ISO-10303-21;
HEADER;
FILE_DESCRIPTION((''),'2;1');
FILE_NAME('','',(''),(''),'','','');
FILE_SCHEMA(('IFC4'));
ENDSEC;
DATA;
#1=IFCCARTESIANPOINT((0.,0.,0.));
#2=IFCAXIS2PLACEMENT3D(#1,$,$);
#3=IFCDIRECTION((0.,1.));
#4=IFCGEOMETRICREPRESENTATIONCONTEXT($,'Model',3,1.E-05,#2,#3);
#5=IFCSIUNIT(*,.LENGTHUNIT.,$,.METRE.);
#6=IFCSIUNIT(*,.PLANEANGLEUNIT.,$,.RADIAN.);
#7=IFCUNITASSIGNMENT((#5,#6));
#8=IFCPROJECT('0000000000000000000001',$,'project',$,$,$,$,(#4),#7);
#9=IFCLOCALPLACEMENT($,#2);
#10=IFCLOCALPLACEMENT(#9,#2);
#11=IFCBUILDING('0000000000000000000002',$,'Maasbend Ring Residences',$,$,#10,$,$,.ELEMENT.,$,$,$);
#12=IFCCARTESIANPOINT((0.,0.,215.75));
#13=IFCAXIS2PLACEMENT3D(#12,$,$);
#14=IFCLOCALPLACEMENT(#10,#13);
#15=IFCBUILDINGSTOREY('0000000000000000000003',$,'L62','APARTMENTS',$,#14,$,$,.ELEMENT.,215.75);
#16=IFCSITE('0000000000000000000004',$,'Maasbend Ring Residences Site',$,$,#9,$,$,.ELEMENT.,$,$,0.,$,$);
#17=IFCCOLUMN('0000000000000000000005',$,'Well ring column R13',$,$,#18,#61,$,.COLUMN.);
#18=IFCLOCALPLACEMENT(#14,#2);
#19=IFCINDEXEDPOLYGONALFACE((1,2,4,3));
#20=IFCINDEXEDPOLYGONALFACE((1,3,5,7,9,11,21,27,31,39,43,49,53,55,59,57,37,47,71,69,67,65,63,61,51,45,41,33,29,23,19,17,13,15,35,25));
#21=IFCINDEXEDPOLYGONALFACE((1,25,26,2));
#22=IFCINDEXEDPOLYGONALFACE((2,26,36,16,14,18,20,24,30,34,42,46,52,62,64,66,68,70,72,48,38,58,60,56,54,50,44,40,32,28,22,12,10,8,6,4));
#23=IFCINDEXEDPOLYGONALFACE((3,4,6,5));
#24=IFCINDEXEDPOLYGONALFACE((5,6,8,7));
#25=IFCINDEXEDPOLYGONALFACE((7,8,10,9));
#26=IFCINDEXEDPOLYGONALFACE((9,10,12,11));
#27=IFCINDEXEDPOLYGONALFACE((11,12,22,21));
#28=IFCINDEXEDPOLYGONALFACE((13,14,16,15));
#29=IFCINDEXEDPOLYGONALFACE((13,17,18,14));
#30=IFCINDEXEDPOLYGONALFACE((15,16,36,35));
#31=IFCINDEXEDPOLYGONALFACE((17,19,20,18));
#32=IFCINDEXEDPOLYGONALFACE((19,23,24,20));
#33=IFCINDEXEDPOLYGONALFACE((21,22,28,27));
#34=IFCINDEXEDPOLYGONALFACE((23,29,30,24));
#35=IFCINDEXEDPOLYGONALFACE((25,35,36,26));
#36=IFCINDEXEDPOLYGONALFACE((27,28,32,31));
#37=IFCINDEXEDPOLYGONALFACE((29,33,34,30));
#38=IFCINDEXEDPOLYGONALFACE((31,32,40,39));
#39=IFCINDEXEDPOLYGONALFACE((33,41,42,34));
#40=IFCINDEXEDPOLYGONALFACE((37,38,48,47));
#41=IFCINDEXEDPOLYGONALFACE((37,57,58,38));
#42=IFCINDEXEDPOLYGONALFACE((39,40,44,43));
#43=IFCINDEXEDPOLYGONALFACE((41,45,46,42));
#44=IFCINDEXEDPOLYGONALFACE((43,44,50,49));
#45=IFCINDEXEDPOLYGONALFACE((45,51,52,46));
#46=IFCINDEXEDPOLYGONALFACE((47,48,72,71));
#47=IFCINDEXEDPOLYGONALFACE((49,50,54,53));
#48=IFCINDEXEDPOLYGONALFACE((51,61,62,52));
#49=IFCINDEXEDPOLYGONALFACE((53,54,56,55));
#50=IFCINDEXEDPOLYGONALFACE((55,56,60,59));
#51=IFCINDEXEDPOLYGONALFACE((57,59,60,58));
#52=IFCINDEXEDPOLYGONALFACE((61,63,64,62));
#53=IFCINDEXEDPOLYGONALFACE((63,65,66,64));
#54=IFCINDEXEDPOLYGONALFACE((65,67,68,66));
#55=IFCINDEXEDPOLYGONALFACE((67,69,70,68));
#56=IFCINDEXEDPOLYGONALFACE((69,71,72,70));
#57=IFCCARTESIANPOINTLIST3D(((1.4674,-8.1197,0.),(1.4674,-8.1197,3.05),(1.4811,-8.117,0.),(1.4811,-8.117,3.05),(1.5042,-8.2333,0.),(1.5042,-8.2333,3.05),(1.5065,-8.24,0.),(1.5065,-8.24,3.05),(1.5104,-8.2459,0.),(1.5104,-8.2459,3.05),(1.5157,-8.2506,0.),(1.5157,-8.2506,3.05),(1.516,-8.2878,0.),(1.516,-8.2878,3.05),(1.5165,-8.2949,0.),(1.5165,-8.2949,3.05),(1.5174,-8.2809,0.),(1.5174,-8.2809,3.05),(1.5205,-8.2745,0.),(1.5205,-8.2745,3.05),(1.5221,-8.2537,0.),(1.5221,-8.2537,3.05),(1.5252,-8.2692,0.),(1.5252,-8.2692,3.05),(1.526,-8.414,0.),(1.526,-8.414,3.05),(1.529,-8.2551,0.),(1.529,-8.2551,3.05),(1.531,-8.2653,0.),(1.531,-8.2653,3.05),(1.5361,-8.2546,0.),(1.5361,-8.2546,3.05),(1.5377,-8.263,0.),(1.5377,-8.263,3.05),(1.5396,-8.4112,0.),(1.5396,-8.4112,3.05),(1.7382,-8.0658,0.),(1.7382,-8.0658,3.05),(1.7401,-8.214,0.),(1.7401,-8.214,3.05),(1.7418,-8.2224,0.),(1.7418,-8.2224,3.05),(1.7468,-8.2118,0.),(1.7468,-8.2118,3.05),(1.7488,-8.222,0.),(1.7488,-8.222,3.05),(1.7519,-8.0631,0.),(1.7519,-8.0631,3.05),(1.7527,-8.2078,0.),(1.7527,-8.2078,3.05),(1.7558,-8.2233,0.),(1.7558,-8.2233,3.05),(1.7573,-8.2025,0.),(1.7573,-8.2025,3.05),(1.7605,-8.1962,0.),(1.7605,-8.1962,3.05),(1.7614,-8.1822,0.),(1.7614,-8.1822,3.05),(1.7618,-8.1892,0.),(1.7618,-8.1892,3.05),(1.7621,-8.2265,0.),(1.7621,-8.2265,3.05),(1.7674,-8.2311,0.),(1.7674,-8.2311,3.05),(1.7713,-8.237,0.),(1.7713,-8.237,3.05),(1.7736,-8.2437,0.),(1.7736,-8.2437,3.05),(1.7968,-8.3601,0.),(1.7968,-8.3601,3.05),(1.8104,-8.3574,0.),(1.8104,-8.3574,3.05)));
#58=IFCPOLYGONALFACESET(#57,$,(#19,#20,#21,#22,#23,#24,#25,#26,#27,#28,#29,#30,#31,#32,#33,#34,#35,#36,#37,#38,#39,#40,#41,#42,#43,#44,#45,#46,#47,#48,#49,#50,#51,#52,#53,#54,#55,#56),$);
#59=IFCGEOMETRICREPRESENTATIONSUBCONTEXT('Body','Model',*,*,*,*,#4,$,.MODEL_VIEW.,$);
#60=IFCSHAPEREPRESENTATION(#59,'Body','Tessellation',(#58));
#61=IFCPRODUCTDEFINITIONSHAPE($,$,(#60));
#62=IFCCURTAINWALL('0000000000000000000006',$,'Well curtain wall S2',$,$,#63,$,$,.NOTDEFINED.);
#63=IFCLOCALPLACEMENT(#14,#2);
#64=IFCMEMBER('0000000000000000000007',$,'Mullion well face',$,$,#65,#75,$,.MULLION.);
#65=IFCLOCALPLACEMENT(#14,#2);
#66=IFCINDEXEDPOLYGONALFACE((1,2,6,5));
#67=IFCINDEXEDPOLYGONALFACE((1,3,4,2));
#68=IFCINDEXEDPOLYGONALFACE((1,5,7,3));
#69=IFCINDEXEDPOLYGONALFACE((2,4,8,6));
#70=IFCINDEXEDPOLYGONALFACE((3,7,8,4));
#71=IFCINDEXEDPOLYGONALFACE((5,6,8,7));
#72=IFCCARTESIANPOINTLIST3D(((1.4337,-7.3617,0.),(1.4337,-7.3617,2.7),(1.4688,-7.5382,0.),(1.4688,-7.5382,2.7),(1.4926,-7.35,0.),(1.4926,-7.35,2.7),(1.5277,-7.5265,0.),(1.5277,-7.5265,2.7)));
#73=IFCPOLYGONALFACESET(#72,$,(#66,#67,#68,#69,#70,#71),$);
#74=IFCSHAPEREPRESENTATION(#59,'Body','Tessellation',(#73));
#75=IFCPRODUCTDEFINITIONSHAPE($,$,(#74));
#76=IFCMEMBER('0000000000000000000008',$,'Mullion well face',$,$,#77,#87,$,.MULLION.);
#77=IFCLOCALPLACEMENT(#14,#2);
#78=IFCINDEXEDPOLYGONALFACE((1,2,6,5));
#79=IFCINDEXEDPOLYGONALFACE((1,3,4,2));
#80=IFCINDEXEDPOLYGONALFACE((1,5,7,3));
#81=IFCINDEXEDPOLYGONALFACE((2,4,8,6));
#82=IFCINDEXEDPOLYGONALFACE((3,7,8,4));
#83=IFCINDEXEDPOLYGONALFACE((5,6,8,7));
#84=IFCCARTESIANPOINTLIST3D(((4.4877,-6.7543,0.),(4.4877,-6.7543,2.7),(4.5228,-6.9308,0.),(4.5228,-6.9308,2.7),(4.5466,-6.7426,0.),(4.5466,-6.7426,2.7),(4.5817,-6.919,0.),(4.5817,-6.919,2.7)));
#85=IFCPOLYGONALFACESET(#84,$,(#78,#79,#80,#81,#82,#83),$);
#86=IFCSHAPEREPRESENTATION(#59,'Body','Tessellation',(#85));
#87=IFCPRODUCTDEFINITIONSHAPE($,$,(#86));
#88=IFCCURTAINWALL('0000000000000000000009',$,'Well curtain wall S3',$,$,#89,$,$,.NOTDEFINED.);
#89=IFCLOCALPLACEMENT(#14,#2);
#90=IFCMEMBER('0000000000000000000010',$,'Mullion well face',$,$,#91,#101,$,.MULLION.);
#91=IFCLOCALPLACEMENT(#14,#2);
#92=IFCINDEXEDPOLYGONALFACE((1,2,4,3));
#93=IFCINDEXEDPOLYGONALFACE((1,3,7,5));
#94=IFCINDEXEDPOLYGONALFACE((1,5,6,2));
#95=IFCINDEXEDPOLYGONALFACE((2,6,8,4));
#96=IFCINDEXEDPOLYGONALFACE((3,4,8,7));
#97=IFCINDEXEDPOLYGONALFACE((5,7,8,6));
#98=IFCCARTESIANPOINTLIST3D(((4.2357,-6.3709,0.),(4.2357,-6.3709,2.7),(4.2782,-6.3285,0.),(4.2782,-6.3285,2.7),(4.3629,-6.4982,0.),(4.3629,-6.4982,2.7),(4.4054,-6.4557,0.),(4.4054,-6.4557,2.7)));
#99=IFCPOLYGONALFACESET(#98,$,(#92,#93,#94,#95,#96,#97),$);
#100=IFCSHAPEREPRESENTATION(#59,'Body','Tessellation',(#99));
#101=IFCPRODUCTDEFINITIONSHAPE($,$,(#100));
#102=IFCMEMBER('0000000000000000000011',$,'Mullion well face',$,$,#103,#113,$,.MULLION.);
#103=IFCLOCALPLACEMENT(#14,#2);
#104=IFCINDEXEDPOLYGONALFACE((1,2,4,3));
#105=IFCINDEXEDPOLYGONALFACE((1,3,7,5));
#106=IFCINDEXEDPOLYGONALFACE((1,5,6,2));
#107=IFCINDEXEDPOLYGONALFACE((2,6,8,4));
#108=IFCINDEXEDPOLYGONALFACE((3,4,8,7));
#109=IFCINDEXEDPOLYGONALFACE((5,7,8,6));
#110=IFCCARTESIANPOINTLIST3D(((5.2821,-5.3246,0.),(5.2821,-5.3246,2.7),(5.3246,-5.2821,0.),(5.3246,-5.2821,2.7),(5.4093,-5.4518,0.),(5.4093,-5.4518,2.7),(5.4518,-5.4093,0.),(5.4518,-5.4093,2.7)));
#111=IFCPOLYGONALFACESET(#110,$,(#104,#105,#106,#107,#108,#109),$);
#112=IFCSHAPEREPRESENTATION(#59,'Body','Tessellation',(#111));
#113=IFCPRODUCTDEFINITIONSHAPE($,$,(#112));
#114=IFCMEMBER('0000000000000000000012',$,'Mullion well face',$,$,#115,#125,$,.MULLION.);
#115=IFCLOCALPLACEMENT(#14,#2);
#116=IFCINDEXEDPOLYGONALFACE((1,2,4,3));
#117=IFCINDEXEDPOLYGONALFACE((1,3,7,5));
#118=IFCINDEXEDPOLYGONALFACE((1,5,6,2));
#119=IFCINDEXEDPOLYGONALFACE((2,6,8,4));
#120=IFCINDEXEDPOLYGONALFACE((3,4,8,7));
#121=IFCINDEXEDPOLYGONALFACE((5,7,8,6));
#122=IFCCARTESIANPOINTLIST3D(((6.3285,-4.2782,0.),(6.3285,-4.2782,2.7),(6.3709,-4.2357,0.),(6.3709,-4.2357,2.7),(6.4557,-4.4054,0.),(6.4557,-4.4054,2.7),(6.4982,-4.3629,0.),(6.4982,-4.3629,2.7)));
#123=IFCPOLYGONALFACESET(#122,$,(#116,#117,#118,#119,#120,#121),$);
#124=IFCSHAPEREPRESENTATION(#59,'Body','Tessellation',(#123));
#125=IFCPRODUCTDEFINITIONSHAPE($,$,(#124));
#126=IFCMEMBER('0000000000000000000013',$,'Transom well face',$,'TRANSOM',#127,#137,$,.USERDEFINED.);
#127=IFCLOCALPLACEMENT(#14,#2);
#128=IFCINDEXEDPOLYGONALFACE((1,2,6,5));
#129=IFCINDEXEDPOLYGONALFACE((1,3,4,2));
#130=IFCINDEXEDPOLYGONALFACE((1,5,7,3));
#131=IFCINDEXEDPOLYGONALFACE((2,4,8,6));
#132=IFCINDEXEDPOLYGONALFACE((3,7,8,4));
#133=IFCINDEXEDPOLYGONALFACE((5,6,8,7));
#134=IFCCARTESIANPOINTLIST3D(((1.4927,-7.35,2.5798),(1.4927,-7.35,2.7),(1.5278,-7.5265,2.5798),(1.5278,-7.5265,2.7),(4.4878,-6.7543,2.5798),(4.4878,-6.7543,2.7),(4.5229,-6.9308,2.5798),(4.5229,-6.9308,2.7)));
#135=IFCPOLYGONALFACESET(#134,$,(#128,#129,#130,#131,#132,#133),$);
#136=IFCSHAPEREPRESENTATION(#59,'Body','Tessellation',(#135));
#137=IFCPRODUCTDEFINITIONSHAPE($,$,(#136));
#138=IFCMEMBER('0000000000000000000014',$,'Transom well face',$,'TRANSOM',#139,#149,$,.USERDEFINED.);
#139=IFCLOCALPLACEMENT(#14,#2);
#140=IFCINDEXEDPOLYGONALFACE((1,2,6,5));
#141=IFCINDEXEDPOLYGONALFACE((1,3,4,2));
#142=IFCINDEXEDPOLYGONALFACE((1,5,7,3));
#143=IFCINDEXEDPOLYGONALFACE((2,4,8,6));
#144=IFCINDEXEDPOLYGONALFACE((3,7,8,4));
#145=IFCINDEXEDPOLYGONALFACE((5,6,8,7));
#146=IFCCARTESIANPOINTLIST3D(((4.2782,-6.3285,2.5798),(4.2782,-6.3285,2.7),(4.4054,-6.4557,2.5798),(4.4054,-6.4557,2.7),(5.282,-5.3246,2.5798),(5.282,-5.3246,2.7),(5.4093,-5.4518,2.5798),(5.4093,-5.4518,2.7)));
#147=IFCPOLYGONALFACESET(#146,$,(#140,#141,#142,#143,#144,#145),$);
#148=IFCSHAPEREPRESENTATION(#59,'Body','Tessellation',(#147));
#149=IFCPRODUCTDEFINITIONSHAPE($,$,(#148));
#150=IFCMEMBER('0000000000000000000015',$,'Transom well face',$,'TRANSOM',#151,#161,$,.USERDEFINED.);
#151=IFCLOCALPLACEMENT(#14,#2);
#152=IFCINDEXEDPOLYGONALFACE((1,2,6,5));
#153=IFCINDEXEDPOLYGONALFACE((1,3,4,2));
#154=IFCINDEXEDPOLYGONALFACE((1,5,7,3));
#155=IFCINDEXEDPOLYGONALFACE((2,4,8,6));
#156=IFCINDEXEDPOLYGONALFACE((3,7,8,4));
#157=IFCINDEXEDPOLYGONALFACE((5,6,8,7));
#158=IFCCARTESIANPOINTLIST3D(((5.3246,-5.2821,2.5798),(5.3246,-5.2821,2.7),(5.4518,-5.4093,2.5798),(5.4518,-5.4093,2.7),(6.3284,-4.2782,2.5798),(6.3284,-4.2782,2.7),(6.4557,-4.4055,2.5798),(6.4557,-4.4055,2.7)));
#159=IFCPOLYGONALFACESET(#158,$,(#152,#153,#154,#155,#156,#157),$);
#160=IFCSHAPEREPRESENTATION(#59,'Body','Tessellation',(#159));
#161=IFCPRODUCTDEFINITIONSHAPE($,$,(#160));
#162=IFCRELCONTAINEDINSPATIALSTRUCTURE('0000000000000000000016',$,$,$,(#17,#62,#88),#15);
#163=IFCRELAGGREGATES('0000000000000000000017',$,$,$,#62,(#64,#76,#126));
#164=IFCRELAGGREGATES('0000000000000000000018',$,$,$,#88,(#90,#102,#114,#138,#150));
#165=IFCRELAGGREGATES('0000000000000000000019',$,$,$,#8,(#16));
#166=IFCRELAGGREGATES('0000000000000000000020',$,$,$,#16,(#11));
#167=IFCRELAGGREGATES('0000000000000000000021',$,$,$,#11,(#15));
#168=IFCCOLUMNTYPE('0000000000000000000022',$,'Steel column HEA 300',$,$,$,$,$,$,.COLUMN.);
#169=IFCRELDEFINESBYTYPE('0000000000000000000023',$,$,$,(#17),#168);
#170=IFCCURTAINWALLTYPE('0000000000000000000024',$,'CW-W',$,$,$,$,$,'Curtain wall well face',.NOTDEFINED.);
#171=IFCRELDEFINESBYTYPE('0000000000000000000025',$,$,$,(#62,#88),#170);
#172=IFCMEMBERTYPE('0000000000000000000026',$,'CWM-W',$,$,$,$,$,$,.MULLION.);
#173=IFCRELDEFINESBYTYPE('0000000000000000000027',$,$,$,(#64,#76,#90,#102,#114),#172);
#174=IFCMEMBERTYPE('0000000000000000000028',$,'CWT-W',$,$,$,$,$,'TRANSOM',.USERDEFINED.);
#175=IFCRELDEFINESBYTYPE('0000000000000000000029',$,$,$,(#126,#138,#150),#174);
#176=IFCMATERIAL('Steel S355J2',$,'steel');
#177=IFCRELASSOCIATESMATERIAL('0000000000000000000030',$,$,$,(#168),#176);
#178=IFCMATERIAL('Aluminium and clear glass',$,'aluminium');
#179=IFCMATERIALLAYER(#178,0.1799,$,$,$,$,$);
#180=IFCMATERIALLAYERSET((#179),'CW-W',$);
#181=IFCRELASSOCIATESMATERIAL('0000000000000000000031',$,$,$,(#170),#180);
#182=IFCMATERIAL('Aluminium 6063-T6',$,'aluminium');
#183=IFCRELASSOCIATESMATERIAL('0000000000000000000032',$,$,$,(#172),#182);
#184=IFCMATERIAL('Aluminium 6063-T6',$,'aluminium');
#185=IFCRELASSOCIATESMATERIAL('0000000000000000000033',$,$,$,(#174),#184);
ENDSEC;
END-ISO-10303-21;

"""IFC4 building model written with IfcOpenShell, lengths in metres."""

from ifc_helpers import new_model, si_unit, direction, frame, origin, origin_2d, place, context, subcontext, project, spatial, rectangle, i_section, extrude, material, layer, layer_set, material_profile, profile_set, type_object, element, aggregate, save


model = new_model("IFC4")

# Units and contexts
model_context = context("Model", 3, precision=1e-05, world=origin(), true_north=direction((0.0, 1.0)))
body_context = subcontext(model_context, "Body", "Model", "MODEL_VIEW")
ifc_project = project(units=[si_unit("LENGTHUNIT", "METRE"), si_unit("PLANEANGLEUNIT", "RADIAN")], contexts=[model_context])

# Site, building, storey
site_placement = place(None, origin())
site = spatial("IfcSite", under=ifc_project, at=site_placement, Name="Maasbend Ring Residences Site", CompositionType="ELEMENT", RefElevation=0.0)
building_placement = place(site_placement, origin())
building = spatial("IfcBuilding", under=site, at=building_placement, Name="Maasbend Ring Residences", CompositionType="ELEMENT")
storey_placement = place(building_placement, frame((0.0, 0.0, 215.75)))
storey = spatial("IfcBuildingStorey", under=building, at=storey_placement, Name="L62", Description="APARTMENTS", CompositionType="ELEMENT", Elevation=215.75)

# Column
ifc_material_1 = material(Name="Steel S355J2", Category="steel")
ifc_material_profile_1 = material_profile(ifc_material_1, i_section(OverallWidth=0.3, OverallDepth=0.29, WebThickness=0.0085, FlangeThickness=0.0139, FilletRadius=0.0271, at=origin_2d()), Name="HEA 300")
ifc_profile_set_1 = profile_set([ifc_material_profile_1], Name="Steel S355J2")
column_type = type_object("IfcColumnType", Name="Steel column HEA 300", PredefinedType="COLUMN", material=ifc_profile_set_1)
column_placement = place(storey_placement, frame((1.6389, -8.2385, 0.0), z_axis=(0.0, 0.0, 1.0), x_axis=(0.19509, -0.980785, 0.0)))
element("IfcColumn", 1, at=column_placement, inside=storey, type_object=column_type, Name="Well ring column R13", PredefinedType="COLUMN", context=body_context, shape_type="SweptSolid", body=[
    extrude(i_section(OverallWidth=0.3, OverallDepth=0.29, WebThickness=0.0085, FlangeThickness=0.0139, FilletRadius=0.0271, at=origin_2d()), origin(), (0.0, 0.0, 1.0), 3.05),
])

# Curtain walls, members
ifc_material_2 = material(Name="Aluminium and clear glass", Category="aluminium")
ifc_layer_1 = layer(ifc_material_2, 0.1799)
ifc_layer_set_1 = layer_set([ifc_layer_1], Name="CW-W")
curtain_wall_type = type_object("IfcCurtainWallType", Name="CW-W", ElementType="Curtain wall well face", PredefinedType="NOTDEFINED", material=ifc_layer_set_1)
curtain_wall_1_placement = place(storey_placement, origin())
curtain_wall_1 = element("IfcCurtainWall", 2, at=curtain_wall_1_placement, inside=storey, type_object=curtain_wall_type, Name="Well curtain wall S2", PredefinedType="NOTDEFINED")
ifc_material_3 = material(Name="Aluminium 6063-T6", Category="aluminium")
ifc_material_profile_2 = material_profile(ifc_material_3, rectangle(XDim=0.1799, YDim=0.0601, at=origin_2d()), Name="AL 180x60")
ifc_profile_set_2 = profile_set([ifc_material_profile_2], Name="Aluminium 6063-T6")
member_type_1 = type_object("IfcMemberType", Name="CWM-W", PredefinedType="MULLION", material=ifc_profile_set_2)
member_1_placement = place(storey_placement, frame((1.4807, -7.4441, 0.0), z_axis=(0.0, 0.0, 1.0), x_axis=(-0.19509, 0.980785, 0.0)))
member_1 = element("IfcMember", 3, at=member_1_placement, type_object=member_type_1, Name="Mullion well face", PredefinedType="MULLION", context=body_context, shape_type="SweptSolid", body=[
    extrude(rectangle(XDim=0.1799, YDim=0.0601, at=origin_2d()), origin(), (0.0, 0.0, 1.0), 2.7),
])
member_2_placement = place(storey_placement, frame((4.5347, -6.8367, 0.0), z_axis=(0.0, 0.0, 1.0), x_axis=(-0.19509, 0.980785, 0.0)))
member_2 = element("IfcMember", 4, at=member_2_placement, type_object=member_type_1, Name="Mullion well face", PredefinedType="MULLION", context=body_context, shape_type="SweptSolid", body=[
    extrude(rectangle(XDim=0.1799, YDim=0.0601, at=origin_2d()), origin(), (0.0, 0.0, 1.0), 2.7),
])
curtain_wall_2_placement = place(storey_placement, origin())
curtain_wall_2 = element("IfcCurtainWall", 5, at=curtain_wall_2_placement, inside=storey, type_object=curtain_wall_type, Name="Well curtain wall S3", PredefinedType="NOTDEFINED")
member_3_placement = place(storey_placement, frame((4.3206, -6.4133, 0.0), z_axis=(0.0, 0.0, 1.0), x_axis=(-0.707107, 0.707107, 0.0)))
member_3 = element("IfcMember", 6, at=member_3_placement, type_object=member_type_1, Name="Mullion well face", PredefinedType="MULLION", context=body_context, shape_type="SweptSolid", body=[
    extrude(rectangle(XDim=0.1799, YDim=0.0601, at=origin_2d()), origin(), (0.0, 0.0, 1.0), 2.7),
])
member_4_placement = place(storey_placement, frame((5.3669, -5.3669, 0.0), z_axis=(0.0, 0.0, 1.0), x_axis=(-0.707107, 0.707107, 0.0)))
member_4 = element("IfcMember", 7, at=member_4_placement, type_object=member_type_1, Name="Mullion well face", PredefinedType="MULLION", context=body_context, shape_type="SweptSolid", body=[
    extrude(rectangle(XDim=0.1799, YDim=0.0601, at=origin_2d()), origin(), (0.0, 0.0, 1.0), 2.7),
])
member_5_placement = place(storey_placement, frame((6.4133, -4.3206, 0.0), z_axis=(0.0, 0.0, 1.0), x_axis=(-0.707107, 0.707107, 0.0)))
member_5 = element("IfcMember", 8, at=member_5_placement, type_object=member_type_1, Name="Mullion well face", PredefinedType="MULLION", context=body_context, shape_type="SweptSolid", body=[
    extrude(rectangle(XDim=0.1799, YDim=0.0601, at=origin_2d()), origin(), (0.0, 0.0, 1.0), 2.7),
])

# Members
ifc_material_4 = material(Name="Aluminium 6063-T6", Category="aluminium")
ifc_material_profile_3 = material_profile(ifc_material_4, rectangle(XDim=0.1799, YDim=0.1201, at=origin_2d()), Name="AL 180x120")
ifc_profile_set_3 = profile_set([ifc_material_profile_3], Name="Aluminium 6063-T6")
member_type_2 = type_object("IfcMemberType", Name="CWT-W", ElementType="TRANSOM", PredefinedType="USERDEFINED", material=ifc_profile_set_3)
member_6_placement = place(storey_placement, frame((1.5103, -7.4382, 2.6399), z_axis=(0.980789, 0.195071, 0.0), x_axis=(-0.195071, 0.980789, 0.0)))
member_6 = element("IfcMember", 9, at=member_6_placement, type_object=member_type_2, Name="Transom well face", ObjectType="TRANSOM", PredefinedType="USERDEFINED", context=body_context, shape_type="SweptSolid", body=[
    extrude(rectangle(XDim=0.1799, YDim=0.1201, at=origin_2d()), origin(), (0.0, 0.0, 1.0), 3.0537),
])
member_7_placement = place(storey_placement, frame((4.3418, -6.3921, 2.6399), z_axis=(0.707107, 0.707107, 0.0), x_axis=(-0.707107, 0.707107, 0.0)))
member_7 = element("IfcMember", 10, at=member_7_placement, type_object=member_type_2, Name="Transom well face", ObjectType="TRANSOM", PredefinedType="USERDEFINED", context=body_context, shape_type="SweptSolid", body=[
    extrude(rectangle(XDim=0.1799, YDim=0.1201, at=origin_2d()), origin(), (0.0, 0.0, 1.0), 1.4197),
])
member_8_placement = place(storey_placement, frame((5.3882, -5.3457, 2.6399), z_axis=(0.707107, 0.707107, 0.0), x_axis=(-0.707107, 0.707107, 0.0)))
member_8 = element("IfcMember", 11, at=member_8_placement, type_object=member_type_2, Name="Transom well face", ObjectType="TRANSOM", PredefinedType="USERDEFINED", context=body_context, shape_type="SweptSolid", body=[
    extrude(rectangle(XDim=0.1799, YDim=0.1201, at=origin_2d()), origin(), (0.0, 0.0, 1.0), 1.4197),
])

aggregate(curtain_wall_1, [member_1, member_2, member_6])
aggregate(curtain_wall_2, [member_3, member_4, member_5, member_7, member_8])

save(model, "model.ifc")
